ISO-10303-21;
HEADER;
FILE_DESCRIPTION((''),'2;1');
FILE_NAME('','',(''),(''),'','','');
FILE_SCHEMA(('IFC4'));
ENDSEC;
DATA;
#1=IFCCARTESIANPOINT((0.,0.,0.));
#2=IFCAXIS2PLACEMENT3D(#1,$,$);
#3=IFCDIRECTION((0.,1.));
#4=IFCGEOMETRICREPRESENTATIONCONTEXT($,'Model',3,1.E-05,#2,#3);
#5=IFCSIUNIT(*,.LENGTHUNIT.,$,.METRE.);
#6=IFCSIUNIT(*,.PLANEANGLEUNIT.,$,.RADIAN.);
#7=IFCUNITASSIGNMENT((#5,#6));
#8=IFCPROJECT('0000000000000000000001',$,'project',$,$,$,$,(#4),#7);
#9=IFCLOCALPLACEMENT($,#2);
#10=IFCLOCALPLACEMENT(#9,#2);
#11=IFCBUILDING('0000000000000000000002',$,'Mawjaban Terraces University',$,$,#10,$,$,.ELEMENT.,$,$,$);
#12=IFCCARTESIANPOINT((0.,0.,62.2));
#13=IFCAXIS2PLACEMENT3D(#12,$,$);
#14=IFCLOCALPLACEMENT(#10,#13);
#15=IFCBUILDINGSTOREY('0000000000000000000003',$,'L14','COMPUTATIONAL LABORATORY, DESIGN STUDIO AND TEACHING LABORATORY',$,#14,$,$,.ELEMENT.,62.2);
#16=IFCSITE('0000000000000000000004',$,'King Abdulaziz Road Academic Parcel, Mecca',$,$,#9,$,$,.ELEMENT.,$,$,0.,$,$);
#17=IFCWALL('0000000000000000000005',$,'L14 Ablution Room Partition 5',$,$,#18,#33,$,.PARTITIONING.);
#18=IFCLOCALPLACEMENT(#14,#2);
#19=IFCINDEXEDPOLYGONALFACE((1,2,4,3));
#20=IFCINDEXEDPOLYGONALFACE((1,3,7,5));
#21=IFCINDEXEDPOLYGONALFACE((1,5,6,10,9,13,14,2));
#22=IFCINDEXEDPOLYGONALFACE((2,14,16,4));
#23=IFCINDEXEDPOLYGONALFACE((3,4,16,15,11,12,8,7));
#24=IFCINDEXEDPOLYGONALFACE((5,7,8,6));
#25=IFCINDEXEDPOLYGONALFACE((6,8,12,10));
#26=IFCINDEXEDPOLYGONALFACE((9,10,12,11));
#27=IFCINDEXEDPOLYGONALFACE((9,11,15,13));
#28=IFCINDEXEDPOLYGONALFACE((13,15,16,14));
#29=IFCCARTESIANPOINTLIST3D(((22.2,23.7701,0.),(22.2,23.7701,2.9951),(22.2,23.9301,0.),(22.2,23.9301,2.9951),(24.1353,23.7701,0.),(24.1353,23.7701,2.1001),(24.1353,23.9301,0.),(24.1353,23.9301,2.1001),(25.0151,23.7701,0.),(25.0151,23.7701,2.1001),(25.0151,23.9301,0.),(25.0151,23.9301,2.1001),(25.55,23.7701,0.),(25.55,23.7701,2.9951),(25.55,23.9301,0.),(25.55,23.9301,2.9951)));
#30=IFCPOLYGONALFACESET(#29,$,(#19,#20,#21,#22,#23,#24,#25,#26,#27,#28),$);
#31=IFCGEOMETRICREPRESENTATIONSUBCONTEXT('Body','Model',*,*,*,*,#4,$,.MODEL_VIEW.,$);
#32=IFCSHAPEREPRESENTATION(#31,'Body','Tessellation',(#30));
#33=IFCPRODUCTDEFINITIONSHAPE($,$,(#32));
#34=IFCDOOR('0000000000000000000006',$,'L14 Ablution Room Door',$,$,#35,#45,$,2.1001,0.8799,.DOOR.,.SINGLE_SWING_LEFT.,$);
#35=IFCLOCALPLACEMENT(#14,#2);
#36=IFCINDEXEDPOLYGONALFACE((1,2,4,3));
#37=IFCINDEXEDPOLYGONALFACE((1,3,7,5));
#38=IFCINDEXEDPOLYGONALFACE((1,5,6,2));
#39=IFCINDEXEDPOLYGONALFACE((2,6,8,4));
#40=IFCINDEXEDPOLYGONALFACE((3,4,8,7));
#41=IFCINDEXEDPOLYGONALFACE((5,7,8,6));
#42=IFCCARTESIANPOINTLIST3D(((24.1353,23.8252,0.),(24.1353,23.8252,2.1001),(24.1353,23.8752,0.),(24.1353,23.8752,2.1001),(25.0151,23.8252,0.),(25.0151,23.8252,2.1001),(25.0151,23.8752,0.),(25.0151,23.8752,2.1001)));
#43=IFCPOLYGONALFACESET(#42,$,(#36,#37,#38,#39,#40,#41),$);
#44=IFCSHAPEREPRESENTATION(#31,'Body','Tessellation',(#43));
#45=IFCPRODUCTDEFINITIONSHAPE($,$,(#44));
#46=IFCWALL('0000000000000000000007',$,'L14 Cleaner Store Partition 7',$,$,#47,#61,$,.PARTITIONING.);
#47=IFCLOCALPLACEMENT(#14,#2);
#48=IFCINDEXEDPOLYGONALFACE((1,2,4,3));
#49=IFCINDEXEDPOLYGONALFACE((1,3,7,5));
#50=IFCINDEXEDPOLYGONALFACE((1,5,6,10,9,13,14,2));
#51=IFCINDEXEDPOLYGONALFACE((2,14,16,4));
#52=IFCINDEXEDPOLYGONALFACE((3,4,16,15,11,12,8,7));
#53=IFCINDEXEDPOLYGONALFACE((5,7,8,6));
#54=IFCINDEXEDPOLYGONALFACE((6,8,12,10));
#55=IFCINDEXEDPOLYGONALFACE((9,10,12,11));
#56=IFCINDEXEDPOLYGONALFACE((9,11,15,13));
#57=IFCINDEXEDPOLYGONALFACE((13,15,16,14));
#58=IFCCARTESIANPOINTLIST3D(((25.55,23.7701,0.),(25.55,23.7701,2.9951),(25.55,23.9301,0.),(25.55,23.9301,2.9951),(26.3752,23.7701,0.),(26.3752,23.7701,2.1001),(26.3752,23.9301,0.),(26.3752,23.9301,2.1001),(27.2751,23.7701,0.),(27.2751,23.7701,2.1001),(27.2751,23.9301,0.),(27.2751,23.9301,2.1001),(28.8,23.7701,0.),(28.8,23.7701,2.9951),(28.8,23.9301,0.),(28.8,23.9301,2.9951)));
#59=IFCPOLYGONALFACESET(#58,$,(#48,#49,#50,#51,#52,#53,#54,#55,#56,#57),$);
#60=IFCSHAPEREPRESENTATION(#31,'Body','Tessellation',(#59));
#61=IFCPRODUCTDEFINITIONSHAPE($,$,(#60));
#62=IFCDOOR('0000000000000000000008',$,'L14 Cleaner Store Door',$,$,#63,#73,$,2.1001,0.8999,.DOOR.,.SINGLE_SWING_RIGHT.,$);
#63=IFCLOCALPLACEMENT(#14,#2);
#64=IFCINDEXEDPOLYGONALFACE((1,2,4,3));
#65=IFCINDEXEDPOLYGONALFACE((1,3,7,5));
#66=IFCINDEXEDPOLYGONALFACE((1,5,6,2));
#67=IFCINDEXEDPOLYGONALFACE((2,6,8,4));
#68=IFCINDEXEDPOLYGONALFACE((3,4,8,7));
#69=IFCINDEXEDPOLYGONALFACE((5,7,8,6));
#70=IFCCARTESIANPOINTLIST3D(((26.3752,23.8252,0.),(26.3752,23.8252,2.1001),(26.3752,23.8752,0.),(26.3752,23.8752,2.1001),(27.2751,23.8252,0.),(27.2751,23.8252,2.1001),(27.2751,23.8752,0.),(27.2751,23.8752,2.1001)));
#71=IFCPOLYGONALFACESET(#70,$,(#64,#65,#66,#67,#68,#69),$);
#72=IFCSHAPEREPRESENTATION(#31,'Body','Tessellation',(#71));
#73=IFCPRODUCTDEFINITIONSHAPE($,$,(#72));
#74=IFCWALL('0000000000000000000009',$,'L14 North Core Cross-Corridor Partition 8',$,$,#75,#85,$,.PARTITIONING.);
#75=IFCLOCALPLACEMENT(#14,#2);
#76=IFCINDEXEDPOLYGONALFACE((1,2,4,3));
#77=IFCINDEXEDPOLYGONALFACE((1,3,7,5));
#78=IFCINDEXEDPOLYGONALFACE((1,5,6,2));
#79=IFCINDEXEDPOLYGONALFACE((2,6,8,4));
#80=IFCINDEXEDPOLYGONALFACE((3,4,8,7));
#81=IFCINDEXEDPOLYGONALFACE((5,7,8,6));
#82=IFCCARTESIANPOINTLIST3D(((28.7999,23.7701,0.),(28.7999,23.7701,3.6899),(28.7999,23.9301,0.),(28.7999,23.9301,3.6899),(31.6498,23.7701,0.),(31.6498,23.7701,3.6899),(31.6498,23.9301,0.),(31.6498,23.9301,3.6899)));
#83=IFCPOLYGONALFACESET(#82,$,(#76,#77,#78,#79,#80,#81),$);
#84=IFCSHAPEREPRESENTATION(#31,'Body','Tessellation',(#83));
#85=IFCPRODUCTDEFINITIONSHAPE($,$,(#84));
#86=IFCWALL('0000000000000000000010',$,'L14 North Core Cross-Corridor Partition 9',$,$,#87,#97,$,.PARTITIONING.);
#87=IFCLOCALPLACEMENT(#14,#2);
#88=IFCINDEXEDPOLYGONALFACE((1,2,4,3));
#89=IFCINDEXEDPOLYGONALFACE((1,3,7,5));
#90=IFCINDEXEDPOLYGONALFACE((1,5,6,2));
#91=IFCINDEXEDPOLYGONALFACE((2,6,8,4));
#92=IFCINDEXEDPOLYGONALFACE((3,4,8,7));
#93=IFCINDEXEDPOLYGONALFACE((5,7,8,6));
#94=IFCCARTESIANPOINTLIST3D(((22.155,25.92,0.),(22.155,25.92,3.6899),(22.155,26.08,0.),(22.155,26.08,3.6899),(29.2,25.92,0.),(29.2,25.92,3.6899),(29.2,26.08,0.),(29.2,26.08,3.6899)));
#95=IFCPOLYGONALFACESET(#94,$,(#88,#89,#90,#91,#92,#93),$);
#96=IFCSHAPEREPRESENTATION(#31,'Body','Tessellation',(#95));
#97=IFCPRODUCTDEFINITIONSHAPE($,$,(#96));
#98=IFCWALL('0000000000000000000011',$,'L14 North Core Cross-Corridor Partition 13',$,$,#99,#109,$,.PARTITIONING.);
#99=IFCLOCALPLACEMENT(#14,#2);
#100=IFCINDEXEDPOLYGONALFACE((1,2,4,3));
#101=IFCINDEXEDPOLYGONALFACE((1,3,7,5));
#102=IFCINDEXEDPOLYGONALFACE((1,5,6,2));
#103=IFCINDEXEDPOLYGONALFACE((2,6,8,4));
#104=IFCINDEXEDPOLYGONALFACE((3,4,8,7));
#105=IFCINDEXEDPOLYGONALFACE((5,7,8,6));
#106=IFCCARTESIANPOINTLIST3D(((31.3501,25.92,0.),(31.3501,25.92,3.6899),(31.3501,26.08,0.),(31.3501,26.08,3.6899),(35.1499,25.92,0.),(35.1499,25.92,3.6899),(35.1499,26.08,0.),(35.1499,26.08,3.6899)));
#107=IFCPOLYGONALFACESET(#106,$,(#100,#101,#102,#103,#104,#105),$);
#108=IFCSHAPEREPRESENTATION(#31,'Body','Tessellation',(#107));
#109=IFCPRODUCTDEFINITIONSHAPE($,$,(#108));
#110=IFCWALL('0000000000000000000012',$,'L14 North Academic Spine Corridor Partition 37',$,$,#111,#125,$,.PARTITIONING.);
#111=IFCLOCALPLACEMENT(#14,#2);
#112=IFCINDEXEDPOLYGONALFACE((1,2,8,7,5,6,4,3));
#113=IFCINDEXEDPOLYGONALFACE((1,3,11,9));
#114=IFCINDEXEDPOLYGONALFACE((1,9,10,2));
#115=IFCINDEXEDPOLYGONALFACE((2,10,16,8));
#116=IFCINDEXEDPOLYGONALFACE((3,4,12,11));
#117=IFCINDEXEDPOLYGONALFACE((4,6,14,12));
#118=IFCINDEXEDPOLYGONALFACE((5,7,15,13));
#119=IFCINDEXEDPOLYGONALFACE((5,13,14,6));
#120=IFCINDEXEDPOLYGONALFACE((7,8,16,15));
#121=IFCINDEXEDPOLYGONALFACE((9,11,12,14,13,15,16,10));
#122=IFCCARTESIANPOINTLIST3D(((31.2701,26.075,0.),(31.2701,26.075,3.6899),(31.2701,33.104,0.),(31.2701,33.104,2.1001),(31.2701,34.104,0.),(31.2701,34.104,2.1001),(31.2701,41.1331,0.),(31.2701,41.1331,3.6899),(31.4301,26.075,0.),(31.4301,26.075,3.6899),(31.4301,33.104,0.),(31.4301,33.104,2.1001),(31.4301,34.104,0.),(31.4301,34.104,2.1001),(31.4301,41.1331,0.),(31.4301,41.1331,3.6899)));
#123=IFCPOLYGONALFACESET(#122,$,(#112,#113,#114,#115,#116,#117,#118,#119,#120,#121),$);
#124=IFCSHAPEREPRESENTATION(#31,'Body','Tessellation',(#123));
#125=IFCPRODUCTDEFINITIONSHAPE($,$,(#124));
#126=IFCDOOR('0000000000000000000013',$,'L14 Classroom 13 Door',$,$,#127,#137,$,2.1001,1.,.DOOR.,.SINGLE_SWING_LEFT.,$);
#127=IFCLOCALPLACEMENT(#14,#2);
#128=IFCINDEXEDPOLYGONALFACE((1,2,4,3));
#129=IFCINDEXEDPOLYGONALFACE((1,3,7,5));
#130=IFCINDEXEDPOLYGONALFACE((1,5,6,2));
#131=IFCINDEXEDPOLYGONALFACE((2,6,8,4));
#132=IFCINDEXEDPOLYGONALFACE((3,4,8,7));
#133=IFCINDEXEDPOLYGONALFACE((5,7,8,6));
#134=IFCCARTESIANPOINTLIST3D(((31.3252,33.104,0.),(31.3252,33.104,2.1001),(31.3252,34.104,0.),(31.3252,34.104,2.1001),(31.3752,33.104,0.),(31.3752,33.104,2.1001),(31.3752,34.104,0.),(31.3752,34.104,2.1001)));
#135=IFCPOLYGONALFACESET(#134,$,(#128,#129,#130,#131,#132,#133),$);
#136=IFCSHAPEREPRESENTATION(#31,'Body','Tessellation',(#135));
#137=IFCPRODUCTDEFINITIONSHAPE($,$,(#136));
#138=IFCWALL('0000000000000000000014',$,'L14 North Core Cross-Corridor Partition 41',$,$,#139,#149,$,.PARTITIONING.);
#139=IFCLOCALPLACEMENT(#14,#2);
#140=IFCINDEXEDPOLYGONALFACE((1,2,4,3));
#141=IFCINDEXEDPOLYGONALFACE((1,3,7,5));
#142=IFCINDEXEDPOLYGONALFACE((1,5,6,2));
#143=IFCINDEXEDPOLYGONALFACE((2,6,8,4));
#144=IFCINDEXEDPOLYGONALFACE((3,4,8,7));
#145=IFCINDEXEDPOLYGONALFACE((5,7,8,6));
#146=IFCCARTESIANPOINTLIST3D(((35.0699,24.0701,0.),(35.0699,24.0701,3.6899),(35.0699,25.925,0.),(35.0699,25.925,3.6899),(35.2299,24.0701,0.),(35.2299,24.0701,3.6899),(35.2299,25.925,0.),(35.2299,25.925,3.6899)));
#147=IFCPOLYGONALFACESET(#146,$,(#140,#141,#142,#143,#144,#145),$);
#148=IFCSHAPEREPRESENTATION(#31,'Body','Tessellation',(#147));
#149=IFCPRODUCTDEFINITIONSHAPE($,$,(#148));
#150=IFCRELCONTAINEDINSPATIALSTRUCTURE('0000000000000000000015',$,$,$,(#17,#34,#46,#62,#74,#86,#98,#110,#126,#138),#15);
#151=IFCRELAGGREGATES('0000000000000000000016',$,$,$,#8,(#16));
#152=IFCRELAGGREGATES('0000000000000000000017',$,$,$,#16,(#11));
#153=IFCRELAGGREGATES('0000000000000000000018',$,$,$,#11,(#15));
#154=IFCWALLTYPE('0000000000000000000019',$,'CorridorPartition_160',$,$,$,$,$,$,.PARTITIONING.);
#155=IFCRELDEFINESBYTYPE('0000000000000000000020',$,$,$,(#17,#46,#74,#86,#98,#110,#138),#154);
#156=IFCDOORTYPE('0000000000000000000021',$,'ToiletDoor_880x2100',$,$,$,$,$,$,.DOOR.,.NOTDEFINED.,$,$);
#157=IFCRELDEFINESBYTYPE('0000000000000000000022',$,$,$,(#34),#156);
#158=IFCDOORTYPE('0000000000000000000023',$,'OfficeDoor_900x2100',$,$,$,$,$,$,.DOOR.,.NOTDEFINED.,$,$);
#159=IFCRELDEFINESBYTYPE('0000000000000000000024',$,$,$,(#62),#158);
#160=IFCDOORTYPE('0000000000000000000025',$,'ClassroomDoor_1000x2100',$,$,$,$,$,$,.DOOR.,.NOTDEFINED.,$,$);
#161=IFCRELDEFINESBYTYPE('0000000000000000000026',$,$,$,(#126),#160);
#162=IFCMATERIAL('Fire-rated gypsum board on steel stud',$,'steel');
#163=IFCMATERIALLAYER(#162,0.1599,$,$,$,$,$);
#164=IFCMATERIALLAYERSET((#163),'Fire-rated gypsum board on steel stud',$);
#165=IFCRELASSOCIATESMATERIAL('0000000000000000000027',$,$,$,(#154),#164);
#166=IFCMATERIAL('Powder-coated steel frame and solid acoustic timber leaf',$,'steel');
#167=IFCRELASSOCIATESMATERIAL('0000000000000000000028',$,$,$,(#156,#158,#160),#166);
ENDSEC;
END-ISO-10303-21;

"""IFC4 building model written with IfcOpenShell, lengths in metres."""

from ifc_helpers import new_model, si_unit, direction, frame, frame_2d, origin, place, context, subcontext, project, spatial, rectangle, extrude, material, layer, layer_set, type_object, element, fill, save


model = new_model("IFC4")

# Units and contexts
model_context = context("Model", 3, precision=1e-05, world=origin(), true_north=direction((0.0, 1.0)))
body_context = subcontext(model_context, "Body", "Model", "MODEL_VIEW")
ifc_project = project(units=[si_unit("LENGTHUNIT", "METRE"), si_unit("PLANEANGLEUNIT", "RADIAN")], contexts=[model_context])

# Site, building, storey
site_placement = place(None, origin())
site = spatial("IfcSite", under=ifc_project, at=site_placement, Name="King Abdulaziz Road Academic Parcel, Mecca", CompositionType="ELEMENT", RefElevation=0.0)
building_placement = place(site_placement, origin())
building = spatial("IfcBuilding", under=site, at=building_placement, Name="Mawjaban Terraces University", CompositionType="ELEMENT")
storey_placement = place(building_placement, frame((0.0, 0.0, 62.2)))
storey = spatial("IfcBuildingStorey", under=building, at=storey_placement, Name="L14", Description="COMPUTATIONAL LABORATORY, DESIGN STUDIO AND TEACHING LABORATORY", CompositionType="ELEMENT", Elevation=62.2)

# Walls, openings, doors
ifc_material_1 = material(Name="Fire-rated gypsum board on steel stud", Category="steel")
ifc_layer_1 = layer(ifc_material_1, 0.1599)
ifc_layer_set_1 = layer_set([ifc_layer_1], Name="Fire-rated gypsum board on steel stud")
wall_type_1 = type_object("IfcWallType", Name="CorridorPartition_160", PredefinedType="PARTITIONING", material=ifc_layer_set_1)
wall_1_placement = place(storey_placement, frame((25.55, 23.8501, 0.0), z_axis=(0.0, 0.0, 1.0), x_axis=(-1.0, 0.0, 0.0)))
wall_1 = element("IfcWall", 1, at=wall_1_placement, inside=storey, type_object=wall_type_1, Name="L14 Ablution Room Partition 5", PredefinedType="PARTITIONING", context=body_context, shape_type="SweptSolid", body=[
    extrude(rectangle(XDim=3.3501, YDim=0.1599, at=frame_2d((1.675, 0.0))), origin(), (0.0, 0.0, 1.0), 2.9951),
])
opening_1_placement = place(wall_1_placement, frame((0.5349, 0.0, 0.0)))
opening_1 = element("IfcOpeningElement", 2, at=opening_1_placement, cuts=wall_1, PredefinedType="OPENING", context=body_context, shape_type="SweptSolid", body=[
    extrude(rectangle(XDim=0.8799, YDim=2.1001, at=frame_2d((0.4399, 1.05))), frame((0.0, 0.0898, 0.0), z_axis=(0.0, -1.0, 0.0), x_axis=(1.0, 0.0, 0.0)), (0.0, 0.0, 1.0), 0.1799),
])
ifc_material_2 = material(Name="Powder-coated steel frame and solid acoustic timber leaf", Category="steel")
door_type_1 = type_object("IfcDoorType", Name="ToiletDoor_880x2100", OperationType="NOTDEFINED", PredefinedType="DOOR", material=ifc_material_2)
door_1_placement = place(opening_1_placement, origin())
door_1 = element("IfcDoor", 3, at=door_1_placement, inside=storey, type_object=door_type_1, Name="L14 Ablution Room Door", OperationType="SINGLE_SWING_LEFT", OverallHeight=2.1001, OverallWidth=0.8799, PredefinedType="DOOR", context=body_context, shape_type="SweptSolid", body=[
    extrude(rectangle(XDim=0.8799, YDim=2.1001, at=frame_2d((0.4399, 1.05))), frame((0.0, 0.0249, 0.0), z_axis=(0.0, -1.0, 0.0), x_axis=(1.0, 0.0, 0.0)), (0.0, 0.0, 1.0), 0.05),
])
fill(opening_1, door_1)
wall_2_placement = place(storey_placement, frame((28.8, 23.8501, 0.0), z_axis=(0.0, 0.0, 1.0), x_axis=(-1.0, 0.0, 0.0)))
wall_2 = element("IfcWall", 4, at=wall_2_placement, inside=storey, type_object=wall_type_1, Name="L14 Cleaner Store Partition 7", PredefinedType="PARTITIONING", context=body_context, shape_type="SweptSolid", body=[
    extrude(rectangle(XDim=3.25, YDim=0.1599, at=frame_2d((1.625, 0.0))), origin(), (0.0, 0.0, 1.0), 2.9951),
])
opening_2_placement = place(wall_2_placement, frame((1.5249, 0.0, 0.0)))
opening_2 = element("IfcOpeningElement", 5, at=opening_2_placement, cuts=wall_2, PredefinedType="OPENING", context=body_context, shape_type="SweptSolid", body=[
    extrude(rectangle(XDim=0.8999, YDim=2.1001, at=frame_2d((0.45, 1.05))), frame((0.0, 0.0898, 0.0), z_axis=(0.0, -1.0, 0.0), x_axis=(1.0, 0.0, 0.0)), (0.0, 0.0, 1.0), 0.1799),
])
door_type_2 = type_object("IfcDoorType", Name="OfficeDoor_900x2100", OperationType="NOTDEFINED", PredefinedType="DOOR", material=ifc_material_2)
door_2_placement = place(opening_2_placement, origin())
door_2 = element("IfcDoor", 6, at=door_2_placement, inside=storey, type_object=door_type_2, Name="L14 Cleaner Store Door", OperationType="SINGLE_SWING_RIGHT", OverallHeight=2.1001, OverallWidth=0.8999, PredefinedType="DOOR", context=body_context, shape_type="SweptSolid", body=[
    extrude(rectangle(XDim=0.8999, YDim=2.1001, at=frame_2d((0.45, 1.05))), frame((0.0, 0.0249, 0.0), z_axis=(0.0, -1.0, 0.0), x_axis=(1.0, 0.0, 0.0)), (0.0, 0.0, 1.0), 0.05),
])
fill(opening_2, door_2)

# Walls
wall_3_placement = place(storey_placement, frame((28.8, 23.8501, 0.0), z_axis=(0.0, 0.0, 1.0), x_axis=(1.0, 0.0, 0.0)))
element("IfcWall", 7, at=wall_3_placement, inside=storey, type_object=wall_type_1, Name="L14 North Core Cross-Corridor Partition 8", PredefinedType="PARTITIONING", context=body_context, shape_type="SweptSolid", body=[
    extrude(rectangle(XDim=2.8499, YDim=0.1599, at=frame_2d((1.4248, 0.0))), origin(), (0.0, 0.0, 1.0), 3.6899),
])
wall_4_placement = place(storey_placement, frame((29.2, 26.0, 0.0), z_axis=(0.0, 0.0, 1.0), x_axis=(-1.0, 0.0, 0.0)))
element("IfcWall", 8, at=wall_4_placement, inside=storey, type_object=wall_type_1, Name="L14 North Core Cross-Corridor Partition 9", PredefinedType="PARTITIONING", context=body_context, shape_type="SweptSolid", body=[
    extrude(rectangle(XDim=7.0449, YDim=0.1599, at=frame_2d((3.5225, 0.0))), origin(), (0.0, 0.0, 1.0), 3.6899),
])
wall_5_placement = place(storey_placement, frame((35.1499, 26.0, 0.0), z_axis=(0.0, 0.0, 1.0), x_axis=(-1.0, 0.0, 0.0)))
element("IfcWall", 9, at=wall_5_placement, inside=storey, type_object=wall_type_1, Name="L14 North Core Cross-Corridor Partition 13", PredefinedType="PARTITIONING", context=body_context, shape_type="SweptSolid", body=[
    extrude(rectangle(XDim=3.7998, YDim=0.1599, at=frame_2d((1.8999, 0.0))), origin(), (0.0, 0.0, 1.0), 3.6899),
])

# Wall, opening, door
wall_6_placement = place(storey_placement, frame((31.3501, 26.075, 0.0), z_axis=(0.0, 0.0, 1.0), x_axis=(0.0, 1.0, 0.0)))
wall_6 = element("IfcWall", 10, at=wall_6_placement, inside=storey, type_object=wall_type_1, Name="L14 North Academic Spine Corridor Partition 37", PredefinedType="PARTITIONING", context=body_context, shape_type="SweptSolid", body=[
    extrude(rectangle(XDim=15.0581, YDim=0.1599, at=frame_2d((7.5291, 0.0))), origin(), (0.0, 0.0, 1.0), 3.6899),
])
opening_3_placement = place(wall_6_placement, frame((7.0291, 0.0, 0.0)))
opening_3 = element("IfcOpeningElement", 11, at=opening_3_placement, cuts=wall_6, PredefinedType="OPENING", context=body_context, shape_type="SweptSolid", body=[
    extrude(rectangle(XDim=1.0, YDim=2.1001, at=frame_2d((0.5, 1.05))), frame((0.0, 0.0898, 0.0), z_axis=(0.0, -1.0, 0.0), x_axis=(1.0, 0.0, 0.0)), (0.0, 0.0, 1.0), 0.1799),
])
door_type_3 = type_object("IfcDoorType", Name="ClassroomDoor_1000x2100", OperationType="NOTDEFINED", PredefinedType="DOOR", material=ifc_material_2)
door_3_placement = place(opening_3_placement, origin())
door_3 = element("IfcDoor", 12, at=door_3_placement, inside=storey, type_object=door_type_3, Name="L14 Classroom 13 Door", OperationType="SINGLE_SWING_LEFT", OverallHeight=2.1001, OverallWidth=1.0, PredefinedType="DOOR", context=body_context, shape_type="SweptSolid", body=[
    extrude(rectangle(XDim=1.0, YDim=2.1001, at=frame_2d((0.5, 1.05))), frame((0.0, 0.0249, 0.0), z_axis=(0.0, -1.0, 0.0), x_axis=(1.0, 0.0, 0.0)), (0.0, 0.0, 1.0), 0.05),
])
fill(opening_3, door_3)

# Wall
wall_7_placement = place(storey_placement, frame((35.1499, 24.0701, 0.0), z_axis=(0.0, 0.0, 1.0), x_axis=(0.0, 1.0, 0.0)))
element("IfcWall", 13, at=wall_7_placement, inside=storey, type_object=wall_type_1, Name="L14 North Core Cross-Corridor Partition 41", PredefinedType="PARTITIONING", context=body_context, shape_type="SweptSolid", body=[
    extrude(rectangle(XDim=1.855, YDim=0.1599, at=frame_2d((0.9275, 0.0))), origin(), (0.0, 0.0, 1.0), 3.6899),
])

save(model, "model.ifc")
